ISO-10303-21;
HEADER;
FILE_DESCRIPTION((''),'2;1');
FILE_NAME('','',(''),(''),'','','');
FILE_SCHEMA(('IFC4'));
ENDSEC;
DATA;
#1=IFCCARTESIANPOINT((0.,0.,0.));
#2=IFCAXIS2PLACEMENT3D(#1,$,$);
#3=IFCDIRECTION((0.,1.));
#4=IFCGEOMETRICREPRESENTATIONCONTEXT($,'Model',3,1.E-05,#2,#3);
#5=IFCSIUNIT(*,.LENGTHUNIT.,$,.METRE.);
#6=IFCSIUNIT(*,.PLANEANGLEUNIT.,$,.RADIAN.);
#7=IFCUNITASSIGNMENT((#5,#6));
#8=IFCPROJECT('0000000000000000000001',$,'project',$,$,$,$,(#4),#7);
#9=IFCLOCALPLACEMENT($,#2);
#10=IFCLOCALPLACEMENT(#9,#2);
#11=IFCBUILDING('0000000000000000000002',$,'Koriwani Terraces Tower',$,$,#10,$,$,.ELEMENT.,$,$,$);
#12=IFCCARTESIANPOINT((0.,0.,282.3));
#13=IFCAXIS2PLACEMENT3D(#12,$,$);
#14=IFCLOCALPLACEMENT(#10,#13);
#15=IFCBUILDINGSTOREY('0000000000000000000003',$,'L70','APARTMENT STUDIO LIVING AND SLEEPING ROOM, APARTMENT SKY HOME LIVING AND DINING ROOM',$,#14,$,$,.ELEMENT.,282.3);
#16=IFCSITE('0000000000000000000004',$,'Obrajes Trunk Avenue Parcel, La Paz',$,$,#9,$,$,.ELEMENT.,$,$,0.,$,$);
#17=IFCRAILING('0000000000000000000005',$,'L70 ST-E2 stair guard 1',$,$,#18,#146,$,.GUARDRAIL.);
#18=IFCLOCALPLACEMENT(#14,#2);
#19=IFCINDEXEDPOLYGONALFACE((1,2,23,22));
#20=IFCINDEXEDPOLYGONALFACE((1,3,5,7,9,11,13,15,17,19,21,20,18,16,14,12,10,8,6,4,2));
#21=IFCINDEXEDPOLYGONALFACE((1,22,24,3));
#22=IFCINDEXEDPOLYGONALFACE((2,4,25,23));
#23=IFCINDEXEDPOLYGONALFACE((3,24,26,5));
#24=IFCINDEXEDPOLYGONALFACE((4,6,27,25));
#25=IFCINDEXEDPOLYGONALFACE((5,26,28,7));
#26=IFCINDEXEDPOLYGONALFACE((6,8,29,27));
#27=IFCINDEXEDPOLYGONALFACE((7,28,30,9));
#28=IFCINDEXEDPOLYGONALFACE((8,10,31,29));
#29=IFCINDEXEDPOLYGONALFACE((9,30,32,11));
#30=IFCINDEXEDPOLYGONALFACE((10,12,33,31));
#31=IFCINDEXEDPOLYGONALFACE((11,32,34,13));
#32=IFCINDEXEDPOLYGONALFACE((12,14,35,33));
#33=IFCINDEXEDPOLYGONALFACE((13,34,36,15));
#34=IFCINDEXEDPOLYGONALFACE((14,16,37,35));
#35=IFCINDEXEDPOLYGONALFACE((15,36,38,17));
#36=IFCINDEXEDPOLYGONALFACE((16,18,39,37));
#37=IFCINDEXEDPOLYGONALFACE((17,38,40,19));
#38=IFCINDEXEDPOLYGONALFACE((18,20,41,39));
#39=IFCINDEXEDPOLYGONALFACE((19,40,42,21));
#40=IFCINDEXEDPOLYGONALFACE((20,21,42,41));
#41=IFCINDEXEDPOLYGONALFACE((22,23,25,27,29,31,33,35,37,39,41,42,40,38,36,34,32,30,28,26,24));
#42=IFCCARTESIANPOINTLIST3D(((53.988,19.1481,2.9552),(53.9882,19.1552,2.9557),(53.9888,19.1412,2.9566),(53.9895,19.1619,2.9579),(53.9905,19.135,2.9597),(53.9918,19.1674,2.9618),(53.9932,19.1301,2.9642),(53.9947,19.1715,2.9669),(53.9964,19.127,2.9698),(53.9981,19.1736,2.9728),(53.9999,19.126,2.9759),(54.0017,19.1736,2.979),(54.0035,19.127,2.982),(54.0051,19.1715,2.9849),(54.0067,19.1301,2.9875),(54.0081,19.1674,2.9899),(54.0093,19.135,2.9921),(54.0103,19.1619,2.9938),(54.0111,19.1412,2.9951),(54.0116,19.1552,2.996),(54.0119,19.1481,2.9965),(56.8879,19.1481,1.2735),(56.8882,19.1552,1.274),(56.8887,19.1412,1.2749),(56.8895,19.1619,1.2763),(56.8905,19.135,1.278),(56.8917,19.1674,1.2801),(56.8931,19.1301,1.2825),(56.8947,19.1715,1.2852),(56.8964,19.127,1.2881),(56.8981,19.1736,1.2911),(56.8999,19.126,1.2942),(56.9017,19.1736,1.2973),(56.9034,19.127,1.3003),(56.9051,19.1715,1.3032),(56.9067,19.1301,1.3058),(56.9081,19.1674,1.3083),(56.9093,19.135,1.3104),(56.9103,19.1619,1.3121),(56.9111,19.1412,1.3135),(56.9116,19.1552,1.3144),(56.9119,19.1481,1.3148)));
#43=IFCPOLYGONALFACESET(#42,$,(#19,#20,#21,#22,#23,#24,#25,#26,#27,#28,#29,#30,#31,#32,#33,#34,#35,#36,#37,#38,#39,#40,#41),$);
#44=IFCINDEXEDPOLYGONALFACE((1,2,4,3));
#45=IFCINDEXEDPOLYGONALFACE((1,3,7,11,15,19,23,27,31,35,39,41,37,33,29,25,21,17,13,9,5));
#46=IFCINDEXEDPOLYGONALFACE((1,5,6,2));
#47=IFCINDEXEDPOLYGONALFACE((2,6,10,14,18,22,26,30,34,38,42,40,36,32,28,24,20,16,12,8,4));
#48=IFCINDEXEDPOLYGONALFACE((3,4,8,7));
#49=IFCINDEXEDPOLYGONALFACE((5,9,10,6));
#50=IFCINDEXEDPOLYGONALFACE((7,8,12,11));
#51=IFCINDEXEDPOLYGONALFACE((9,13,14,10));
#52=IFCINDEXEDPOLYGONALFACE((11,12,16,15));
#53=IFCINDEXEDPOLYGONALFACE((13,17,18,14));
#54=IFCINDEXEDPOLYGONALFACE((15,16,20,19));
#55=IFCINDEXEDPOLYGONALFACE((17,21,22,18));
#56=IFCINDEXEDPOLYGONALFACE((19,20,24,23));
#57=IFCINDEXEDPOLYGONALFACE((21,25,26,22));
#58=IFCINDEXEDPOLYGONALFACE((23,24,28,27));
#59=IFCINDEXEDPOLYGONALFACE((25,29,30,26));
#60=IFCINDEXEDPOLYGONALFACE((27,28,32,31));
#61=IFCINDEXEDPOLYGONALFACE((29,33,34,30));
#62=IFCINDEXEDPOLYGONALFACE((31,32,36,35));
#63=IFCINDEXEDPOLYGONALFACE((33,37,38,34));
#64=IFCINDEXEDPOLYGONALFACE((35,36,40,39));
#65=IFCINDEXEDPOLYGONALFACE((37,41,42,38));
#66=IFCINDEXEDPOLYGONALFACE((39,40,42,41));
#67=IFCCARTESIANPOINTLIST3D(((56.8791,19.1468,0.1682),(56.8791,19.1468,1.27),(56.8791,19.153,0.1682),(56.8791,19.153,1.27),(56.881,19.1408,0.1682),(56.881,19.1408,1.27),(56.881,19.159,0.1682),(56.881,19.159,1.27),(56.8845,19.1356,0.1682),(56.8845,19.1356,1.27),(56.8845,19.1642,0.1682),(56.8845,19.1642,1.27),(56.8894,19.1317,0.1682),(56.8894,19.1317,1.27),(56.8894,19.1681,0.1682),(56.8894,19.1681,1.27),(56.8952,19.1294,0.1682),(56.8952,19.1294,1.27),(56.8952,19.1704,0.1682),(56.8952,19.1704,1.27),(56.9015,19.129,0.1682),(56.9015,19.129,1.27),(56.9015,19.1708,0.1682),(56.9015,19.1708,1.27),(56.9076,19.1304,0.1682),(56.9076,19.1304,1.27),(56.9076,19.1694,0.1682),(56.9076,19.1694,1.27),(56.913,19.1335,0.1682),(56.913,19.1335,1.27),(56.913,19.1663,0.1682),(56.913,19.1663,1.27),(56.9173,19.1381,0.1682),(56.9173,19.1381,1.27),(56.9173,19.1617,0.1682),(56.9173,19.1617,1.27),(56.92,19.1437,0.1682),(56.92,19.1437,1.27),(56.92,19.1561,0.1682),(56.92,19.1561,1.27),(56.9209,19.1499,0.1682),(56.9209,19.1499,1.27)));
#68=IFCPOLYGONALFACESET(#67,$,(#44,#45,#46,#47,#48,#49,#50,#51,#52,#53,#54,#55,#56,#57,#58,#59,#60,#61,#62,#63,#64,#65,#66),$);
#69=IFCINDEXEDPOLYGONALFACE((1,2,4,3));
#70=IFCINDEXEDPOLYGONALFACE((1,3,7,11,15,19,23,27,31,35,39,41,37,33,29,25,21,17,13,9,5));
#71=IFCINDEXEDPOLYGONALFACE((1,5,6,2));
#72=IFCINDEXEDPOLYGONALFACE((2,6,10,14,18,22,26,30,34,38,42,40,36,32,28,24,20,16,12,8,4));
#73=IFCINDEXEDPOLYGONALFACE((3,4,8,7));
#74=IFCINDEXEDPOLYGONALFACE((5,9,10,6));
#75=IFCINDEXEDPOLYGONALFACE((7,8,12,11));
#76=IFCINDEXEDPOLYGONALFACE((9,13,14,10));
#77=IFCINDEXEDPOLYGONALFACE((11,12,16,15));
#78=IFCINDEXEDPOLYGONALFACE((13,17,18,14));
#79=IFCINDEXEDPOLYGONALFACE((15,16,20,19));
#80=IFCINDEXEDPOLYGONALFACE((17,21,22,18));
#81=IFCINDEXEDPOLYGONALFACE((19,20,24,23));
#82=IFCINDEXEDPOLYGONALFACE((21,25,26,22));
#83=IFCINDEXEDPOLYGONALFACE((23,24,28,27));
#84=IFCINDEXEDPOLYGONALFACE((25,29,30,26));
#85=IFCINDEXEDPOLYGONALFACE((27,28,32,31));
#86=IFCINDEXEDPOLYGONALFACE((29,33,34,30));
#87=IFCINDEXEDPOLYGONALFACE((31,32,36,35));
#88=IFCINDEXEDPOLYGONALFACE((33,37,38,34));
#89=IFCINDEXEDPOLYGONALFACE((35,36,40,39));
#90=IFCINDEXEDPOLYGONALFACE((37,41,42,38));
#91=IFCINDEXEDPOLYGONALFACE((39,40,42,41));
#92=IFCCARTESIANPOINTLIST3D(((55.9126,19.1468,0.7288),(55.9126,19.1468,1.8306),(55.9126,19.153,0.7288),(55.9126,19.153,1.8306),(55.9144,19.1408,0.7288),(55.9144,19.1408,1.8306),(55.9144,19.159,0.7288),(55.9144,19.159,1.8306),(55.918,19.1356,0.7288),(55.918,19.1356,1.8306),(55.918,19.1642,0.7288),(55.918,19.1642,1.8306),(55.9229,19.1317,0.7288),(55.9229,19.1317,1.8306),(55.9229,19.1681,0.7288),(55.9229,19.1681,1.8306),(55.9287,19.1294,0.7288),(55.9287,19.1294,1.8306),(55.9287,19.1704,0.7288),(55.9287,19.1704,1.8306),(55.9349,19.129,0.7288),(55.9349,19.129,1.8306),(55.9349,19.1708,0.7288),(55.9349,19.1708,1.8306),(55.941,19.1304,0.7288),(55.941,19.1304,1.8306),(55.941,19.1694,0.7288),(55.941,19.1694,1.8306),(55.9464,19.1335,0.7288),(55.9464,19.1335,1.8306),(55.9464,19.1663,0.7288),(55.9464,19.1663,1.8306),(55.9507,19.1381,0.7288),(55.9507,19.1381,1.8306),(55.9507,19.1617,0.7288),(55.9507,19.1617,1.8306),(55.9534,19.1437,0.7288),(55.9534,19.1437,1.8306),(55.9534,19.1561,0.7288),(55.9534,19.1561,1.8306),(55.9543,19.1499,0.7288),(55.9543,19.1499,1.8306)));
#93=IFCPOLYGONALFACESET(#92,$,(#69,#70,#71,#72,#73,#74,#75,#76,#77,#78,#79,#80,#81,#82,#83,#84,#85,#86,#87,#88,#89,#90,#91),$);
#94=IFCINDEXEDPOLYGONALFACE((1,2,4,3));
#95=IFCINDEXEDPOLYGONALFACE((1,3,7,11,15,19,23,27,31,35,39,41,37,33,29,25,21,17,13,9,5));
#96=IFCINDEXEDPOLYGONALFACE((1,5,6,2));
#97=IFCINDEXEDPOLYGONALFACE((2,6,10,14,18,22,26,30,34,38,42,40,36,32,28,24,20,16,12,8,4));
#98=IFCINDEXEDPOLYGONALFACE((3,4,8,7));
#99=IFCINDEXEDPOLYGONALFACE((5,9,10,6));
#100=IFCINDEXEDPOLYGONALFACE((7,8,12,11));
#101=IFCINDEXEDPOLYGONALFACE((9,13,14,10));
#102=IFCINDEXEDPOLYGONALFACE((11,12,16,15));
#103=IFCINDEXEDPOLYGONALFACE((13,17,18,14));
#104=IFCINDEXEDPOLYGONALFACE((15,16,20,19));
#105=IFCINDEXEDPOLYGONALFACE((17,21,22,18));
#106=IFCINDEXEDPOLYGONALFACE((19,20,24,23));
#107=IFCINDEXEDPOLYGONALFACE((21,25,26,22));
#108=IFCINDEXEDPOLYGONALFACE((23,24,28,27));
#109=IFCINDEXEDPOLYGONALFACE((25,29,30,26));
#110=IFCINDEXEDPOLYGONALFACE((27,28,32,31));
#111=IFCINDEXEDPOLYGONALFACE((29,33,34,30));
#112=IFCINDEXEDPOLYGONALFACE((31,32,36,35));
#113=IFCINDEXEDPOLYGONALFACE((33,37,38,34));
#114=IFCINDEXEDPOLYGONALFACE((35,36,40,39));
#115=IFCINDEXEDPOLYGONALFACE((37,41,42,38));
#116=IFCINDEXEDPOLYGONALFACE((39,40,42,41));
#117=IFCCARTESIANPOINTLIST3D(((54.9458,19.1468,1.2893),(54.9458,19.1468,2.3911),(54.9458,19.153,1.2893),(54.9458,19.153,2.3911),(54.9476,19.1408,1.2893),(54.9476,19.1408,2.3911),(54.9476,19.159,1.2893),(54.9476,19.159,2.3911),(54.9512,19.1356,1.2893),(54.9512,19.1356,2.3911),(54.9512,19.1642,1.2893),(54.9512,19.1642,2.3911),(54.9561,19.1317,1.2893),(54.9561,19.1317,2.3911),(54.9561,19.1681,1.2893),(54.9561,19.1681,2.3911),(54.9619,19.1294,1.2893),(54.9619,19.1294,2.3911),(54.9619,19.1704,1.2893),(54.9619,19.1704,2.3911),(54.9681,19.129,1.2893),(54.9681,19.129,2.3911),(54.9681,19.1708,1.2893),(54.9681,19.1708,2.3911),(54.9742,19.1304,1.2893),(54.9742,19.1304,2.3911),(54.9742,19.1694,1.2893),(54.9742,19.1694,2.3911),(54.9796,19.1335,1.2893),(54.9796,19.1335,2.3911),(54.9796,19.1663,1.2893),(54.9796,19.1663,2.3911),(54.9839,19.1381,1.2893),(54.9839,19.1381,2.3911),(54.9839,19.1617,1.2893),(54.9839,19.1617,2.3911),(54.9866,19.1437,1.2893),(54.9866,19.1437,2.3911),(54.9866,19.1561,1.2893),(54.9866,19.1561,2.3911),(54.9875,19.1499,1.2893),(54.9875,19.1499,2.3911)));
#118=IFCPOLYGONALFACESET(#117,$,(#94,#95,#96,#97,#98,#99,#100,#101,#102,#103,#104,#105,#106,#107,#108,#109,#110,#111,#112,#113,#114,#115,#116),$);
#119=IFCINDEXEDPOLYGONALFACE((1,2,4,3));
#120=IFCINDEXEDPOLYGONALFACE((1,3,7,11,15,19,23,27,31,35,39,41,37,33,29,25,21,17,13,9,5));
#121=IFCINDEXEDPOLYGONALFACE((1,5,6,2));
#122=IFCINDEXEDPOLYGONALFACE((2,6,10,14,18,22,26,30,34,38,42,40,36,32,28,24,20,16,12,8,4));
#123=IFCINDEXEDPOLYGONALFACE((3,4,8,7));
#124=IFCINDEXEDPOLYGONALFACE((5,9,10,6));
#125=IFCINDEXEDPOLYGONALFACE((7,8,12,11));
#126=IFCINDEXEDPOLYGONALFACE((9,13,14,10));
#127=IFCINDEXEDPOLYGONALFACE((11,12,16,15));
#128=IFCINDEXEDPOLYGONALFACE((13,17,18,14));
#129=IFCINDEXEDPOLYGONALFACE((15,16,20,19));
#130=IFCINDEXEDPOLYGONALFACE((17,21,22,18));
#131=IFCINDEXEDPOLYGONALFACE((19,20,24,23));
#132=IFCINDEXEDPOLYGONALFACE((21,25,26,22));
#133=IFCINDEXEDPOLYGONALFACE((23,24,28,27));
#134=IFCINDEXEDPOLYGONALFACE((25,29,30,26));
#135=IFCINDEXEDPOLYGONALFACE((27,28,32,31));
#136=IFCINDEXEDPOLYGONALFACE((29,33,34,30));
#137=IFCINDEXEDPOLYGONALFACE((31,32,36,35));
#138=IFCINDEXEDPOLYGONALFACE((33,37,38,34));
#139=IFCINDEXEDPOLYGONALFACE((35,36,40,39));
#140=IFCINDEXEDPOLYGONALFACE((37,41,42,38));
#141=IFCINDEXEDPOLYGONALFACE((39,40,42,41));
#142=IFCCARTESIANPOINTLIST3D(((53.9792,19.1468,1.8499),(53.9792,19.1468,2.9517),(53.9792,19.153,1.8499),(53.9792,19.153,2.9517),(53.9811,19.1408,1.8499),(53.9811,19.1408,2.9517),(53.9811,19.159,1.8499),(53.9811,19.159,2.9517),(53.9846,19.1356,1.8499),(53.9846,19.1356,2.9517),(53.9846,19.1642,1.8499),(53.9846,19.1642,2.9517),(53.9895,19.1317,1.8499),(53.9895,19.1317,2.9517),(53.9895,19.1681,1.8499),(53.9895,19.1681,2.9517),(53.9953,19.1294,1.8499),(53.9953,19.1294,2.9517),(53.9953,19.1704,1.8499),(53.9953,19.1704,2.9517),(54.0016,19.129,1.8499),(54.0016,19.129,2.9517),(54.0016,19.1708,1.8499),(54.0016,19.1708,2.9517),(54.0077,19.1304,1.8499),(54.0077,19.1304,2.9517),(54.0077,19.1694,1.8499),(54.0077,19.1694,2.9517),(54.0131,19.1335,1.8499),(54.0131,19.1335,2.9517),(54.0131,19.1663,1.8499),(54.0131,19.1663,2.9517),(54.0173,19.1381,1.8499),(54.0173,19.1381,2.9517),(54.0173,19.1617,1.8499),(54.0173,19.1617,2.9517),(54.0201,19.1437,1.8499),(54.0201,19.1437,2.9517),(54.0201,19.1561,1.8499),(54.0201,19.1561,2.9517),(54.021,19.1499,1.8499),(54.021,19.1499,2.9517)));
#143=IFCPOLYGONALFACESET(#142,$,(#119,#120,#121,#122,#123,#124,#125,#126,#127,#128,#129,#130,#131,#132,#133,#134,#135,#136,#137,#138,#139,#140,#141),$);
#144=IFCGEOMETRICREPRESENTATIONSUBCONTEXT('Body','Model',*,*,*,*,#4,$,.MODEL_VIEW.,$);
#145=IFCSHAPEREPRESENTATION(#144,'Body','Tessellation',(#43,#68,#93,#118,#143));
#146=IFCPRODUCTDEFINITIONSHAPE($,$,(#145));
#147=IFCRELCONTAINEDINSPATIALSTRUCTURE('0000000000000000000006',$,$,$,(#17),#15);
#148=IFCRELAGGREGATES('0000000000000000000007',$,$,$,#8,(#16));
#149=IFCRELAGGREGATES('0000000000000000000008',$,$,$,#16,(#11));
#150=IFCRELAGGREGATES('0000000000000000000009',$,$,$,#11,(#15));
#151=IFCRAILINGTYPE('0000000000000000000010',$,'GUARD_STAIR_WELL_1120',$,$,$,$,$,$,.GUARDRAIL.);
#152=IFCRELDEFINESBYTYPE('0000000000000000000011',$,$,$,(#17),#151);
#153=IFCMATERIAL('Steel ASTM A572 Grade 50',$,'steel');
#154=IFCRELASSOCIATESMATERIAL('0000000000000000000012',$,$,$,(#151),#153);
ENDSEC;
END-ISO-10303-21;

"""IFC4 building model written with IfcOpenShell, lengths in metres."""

from ifc_helpers import new_model, si_unit, direction, frame, origin, origin_2d, place, context, subcontext, project, spatial, circle, extrude, material, type_object, element, save


model = new_model("IFC4")

# Units and contexts
model_context = context("Model", 3, precision=1e-05, world=origin(), true_north=direction((0.0, 1.0)))
body_context = subcontext(model_context, "Body", "Model", "MODEL_VIEW")
ifc_project = project(units=[si_unit("LENGTHUNIT", "METRE"), si_unit("PLANEANGLEUNIT", "RADIAN")], contexts=[model_context])

# Site, building, storey
site_placement = place(None, origin())
site = spatial("IfcSite", under=ifc_project, at=site_placement, Name="Obrajes Trunk Avenue Parcel, La Paz", CompositionType="ELEMENT", RefElevation=0.0)
building_placement = place(site_placement, origin())
building = spatial("IfcBuilding", under=site, at=building_placement, Name="Koriwani Terraces Tower", CompositionType="ELEMENT")
storey_placement = place(building_placement, frame((0.0, 0.0, 282.3)))
storey = spatial("IfcBuildingStorey", under=building, at=storey_placement, Name="L70", Description="APARTMENT STUDIO LIVING AND SLEEPING ROOM, APARTMENT SKY HOME LIVING AND DINING ROOM", CompositionType="ELEMENT", Elevation=282.3)

# Shared definitions
ifc_material_1 = material(Name="Steel ASTM A572 Grade 50", Category="steel")

# Railing
railing_type_1 = type_object("IfcRailingType", Name="GUARD_STAIR_WELL_1120", PredefinedType="GUARDRAIL", material=ifc_material_1)
railing_1_placement = place(storey_placement, frame((56.8999, 19.1499, 0.1682)))
element("IfcRailing", 1, at=railing_1_placement, inside=storey, type_object=railing_type_1, Name="L70 ST-E2 stair guard 1", PredefinedType="GUARDRAIL", context=body_context, shape_type="SweptSolid", body=[
    extrude(circle(Radius=0.0239, at=origin_2d()), frame((0.0, 0.0, 1.126), z_axis=(-0.86507, 0.0, 0.501651), x_axis=(0.0, -1.0, 0.0)), (0.0, 0.0, 1.0), 3.3523),
    extrude(circle(Radius=0.021, at=origin_2d()), origin(), (0.0, 0.0, 1.0), 1.1018),
    extrude(circle(Radius=0.021, at=origin_2d()), frame((-0.9666, 0.0, 0.5605)), (0.0, 0.0, 1.0), 1.1018),
    extrude(circle(Radius=0.021, at=origin_2d()), frame((-1.9333, 0.0, 1.1211)), (0.0, 0.0, 1.0), 1.1018),
    extrude(circle(Radius=0.021, at=origin_2d()), frame((-2.8999, 0.0, 1.6816)), (0.0, 0.0, 1.0), 1.1018),
])

save(model, "model.ifc")
